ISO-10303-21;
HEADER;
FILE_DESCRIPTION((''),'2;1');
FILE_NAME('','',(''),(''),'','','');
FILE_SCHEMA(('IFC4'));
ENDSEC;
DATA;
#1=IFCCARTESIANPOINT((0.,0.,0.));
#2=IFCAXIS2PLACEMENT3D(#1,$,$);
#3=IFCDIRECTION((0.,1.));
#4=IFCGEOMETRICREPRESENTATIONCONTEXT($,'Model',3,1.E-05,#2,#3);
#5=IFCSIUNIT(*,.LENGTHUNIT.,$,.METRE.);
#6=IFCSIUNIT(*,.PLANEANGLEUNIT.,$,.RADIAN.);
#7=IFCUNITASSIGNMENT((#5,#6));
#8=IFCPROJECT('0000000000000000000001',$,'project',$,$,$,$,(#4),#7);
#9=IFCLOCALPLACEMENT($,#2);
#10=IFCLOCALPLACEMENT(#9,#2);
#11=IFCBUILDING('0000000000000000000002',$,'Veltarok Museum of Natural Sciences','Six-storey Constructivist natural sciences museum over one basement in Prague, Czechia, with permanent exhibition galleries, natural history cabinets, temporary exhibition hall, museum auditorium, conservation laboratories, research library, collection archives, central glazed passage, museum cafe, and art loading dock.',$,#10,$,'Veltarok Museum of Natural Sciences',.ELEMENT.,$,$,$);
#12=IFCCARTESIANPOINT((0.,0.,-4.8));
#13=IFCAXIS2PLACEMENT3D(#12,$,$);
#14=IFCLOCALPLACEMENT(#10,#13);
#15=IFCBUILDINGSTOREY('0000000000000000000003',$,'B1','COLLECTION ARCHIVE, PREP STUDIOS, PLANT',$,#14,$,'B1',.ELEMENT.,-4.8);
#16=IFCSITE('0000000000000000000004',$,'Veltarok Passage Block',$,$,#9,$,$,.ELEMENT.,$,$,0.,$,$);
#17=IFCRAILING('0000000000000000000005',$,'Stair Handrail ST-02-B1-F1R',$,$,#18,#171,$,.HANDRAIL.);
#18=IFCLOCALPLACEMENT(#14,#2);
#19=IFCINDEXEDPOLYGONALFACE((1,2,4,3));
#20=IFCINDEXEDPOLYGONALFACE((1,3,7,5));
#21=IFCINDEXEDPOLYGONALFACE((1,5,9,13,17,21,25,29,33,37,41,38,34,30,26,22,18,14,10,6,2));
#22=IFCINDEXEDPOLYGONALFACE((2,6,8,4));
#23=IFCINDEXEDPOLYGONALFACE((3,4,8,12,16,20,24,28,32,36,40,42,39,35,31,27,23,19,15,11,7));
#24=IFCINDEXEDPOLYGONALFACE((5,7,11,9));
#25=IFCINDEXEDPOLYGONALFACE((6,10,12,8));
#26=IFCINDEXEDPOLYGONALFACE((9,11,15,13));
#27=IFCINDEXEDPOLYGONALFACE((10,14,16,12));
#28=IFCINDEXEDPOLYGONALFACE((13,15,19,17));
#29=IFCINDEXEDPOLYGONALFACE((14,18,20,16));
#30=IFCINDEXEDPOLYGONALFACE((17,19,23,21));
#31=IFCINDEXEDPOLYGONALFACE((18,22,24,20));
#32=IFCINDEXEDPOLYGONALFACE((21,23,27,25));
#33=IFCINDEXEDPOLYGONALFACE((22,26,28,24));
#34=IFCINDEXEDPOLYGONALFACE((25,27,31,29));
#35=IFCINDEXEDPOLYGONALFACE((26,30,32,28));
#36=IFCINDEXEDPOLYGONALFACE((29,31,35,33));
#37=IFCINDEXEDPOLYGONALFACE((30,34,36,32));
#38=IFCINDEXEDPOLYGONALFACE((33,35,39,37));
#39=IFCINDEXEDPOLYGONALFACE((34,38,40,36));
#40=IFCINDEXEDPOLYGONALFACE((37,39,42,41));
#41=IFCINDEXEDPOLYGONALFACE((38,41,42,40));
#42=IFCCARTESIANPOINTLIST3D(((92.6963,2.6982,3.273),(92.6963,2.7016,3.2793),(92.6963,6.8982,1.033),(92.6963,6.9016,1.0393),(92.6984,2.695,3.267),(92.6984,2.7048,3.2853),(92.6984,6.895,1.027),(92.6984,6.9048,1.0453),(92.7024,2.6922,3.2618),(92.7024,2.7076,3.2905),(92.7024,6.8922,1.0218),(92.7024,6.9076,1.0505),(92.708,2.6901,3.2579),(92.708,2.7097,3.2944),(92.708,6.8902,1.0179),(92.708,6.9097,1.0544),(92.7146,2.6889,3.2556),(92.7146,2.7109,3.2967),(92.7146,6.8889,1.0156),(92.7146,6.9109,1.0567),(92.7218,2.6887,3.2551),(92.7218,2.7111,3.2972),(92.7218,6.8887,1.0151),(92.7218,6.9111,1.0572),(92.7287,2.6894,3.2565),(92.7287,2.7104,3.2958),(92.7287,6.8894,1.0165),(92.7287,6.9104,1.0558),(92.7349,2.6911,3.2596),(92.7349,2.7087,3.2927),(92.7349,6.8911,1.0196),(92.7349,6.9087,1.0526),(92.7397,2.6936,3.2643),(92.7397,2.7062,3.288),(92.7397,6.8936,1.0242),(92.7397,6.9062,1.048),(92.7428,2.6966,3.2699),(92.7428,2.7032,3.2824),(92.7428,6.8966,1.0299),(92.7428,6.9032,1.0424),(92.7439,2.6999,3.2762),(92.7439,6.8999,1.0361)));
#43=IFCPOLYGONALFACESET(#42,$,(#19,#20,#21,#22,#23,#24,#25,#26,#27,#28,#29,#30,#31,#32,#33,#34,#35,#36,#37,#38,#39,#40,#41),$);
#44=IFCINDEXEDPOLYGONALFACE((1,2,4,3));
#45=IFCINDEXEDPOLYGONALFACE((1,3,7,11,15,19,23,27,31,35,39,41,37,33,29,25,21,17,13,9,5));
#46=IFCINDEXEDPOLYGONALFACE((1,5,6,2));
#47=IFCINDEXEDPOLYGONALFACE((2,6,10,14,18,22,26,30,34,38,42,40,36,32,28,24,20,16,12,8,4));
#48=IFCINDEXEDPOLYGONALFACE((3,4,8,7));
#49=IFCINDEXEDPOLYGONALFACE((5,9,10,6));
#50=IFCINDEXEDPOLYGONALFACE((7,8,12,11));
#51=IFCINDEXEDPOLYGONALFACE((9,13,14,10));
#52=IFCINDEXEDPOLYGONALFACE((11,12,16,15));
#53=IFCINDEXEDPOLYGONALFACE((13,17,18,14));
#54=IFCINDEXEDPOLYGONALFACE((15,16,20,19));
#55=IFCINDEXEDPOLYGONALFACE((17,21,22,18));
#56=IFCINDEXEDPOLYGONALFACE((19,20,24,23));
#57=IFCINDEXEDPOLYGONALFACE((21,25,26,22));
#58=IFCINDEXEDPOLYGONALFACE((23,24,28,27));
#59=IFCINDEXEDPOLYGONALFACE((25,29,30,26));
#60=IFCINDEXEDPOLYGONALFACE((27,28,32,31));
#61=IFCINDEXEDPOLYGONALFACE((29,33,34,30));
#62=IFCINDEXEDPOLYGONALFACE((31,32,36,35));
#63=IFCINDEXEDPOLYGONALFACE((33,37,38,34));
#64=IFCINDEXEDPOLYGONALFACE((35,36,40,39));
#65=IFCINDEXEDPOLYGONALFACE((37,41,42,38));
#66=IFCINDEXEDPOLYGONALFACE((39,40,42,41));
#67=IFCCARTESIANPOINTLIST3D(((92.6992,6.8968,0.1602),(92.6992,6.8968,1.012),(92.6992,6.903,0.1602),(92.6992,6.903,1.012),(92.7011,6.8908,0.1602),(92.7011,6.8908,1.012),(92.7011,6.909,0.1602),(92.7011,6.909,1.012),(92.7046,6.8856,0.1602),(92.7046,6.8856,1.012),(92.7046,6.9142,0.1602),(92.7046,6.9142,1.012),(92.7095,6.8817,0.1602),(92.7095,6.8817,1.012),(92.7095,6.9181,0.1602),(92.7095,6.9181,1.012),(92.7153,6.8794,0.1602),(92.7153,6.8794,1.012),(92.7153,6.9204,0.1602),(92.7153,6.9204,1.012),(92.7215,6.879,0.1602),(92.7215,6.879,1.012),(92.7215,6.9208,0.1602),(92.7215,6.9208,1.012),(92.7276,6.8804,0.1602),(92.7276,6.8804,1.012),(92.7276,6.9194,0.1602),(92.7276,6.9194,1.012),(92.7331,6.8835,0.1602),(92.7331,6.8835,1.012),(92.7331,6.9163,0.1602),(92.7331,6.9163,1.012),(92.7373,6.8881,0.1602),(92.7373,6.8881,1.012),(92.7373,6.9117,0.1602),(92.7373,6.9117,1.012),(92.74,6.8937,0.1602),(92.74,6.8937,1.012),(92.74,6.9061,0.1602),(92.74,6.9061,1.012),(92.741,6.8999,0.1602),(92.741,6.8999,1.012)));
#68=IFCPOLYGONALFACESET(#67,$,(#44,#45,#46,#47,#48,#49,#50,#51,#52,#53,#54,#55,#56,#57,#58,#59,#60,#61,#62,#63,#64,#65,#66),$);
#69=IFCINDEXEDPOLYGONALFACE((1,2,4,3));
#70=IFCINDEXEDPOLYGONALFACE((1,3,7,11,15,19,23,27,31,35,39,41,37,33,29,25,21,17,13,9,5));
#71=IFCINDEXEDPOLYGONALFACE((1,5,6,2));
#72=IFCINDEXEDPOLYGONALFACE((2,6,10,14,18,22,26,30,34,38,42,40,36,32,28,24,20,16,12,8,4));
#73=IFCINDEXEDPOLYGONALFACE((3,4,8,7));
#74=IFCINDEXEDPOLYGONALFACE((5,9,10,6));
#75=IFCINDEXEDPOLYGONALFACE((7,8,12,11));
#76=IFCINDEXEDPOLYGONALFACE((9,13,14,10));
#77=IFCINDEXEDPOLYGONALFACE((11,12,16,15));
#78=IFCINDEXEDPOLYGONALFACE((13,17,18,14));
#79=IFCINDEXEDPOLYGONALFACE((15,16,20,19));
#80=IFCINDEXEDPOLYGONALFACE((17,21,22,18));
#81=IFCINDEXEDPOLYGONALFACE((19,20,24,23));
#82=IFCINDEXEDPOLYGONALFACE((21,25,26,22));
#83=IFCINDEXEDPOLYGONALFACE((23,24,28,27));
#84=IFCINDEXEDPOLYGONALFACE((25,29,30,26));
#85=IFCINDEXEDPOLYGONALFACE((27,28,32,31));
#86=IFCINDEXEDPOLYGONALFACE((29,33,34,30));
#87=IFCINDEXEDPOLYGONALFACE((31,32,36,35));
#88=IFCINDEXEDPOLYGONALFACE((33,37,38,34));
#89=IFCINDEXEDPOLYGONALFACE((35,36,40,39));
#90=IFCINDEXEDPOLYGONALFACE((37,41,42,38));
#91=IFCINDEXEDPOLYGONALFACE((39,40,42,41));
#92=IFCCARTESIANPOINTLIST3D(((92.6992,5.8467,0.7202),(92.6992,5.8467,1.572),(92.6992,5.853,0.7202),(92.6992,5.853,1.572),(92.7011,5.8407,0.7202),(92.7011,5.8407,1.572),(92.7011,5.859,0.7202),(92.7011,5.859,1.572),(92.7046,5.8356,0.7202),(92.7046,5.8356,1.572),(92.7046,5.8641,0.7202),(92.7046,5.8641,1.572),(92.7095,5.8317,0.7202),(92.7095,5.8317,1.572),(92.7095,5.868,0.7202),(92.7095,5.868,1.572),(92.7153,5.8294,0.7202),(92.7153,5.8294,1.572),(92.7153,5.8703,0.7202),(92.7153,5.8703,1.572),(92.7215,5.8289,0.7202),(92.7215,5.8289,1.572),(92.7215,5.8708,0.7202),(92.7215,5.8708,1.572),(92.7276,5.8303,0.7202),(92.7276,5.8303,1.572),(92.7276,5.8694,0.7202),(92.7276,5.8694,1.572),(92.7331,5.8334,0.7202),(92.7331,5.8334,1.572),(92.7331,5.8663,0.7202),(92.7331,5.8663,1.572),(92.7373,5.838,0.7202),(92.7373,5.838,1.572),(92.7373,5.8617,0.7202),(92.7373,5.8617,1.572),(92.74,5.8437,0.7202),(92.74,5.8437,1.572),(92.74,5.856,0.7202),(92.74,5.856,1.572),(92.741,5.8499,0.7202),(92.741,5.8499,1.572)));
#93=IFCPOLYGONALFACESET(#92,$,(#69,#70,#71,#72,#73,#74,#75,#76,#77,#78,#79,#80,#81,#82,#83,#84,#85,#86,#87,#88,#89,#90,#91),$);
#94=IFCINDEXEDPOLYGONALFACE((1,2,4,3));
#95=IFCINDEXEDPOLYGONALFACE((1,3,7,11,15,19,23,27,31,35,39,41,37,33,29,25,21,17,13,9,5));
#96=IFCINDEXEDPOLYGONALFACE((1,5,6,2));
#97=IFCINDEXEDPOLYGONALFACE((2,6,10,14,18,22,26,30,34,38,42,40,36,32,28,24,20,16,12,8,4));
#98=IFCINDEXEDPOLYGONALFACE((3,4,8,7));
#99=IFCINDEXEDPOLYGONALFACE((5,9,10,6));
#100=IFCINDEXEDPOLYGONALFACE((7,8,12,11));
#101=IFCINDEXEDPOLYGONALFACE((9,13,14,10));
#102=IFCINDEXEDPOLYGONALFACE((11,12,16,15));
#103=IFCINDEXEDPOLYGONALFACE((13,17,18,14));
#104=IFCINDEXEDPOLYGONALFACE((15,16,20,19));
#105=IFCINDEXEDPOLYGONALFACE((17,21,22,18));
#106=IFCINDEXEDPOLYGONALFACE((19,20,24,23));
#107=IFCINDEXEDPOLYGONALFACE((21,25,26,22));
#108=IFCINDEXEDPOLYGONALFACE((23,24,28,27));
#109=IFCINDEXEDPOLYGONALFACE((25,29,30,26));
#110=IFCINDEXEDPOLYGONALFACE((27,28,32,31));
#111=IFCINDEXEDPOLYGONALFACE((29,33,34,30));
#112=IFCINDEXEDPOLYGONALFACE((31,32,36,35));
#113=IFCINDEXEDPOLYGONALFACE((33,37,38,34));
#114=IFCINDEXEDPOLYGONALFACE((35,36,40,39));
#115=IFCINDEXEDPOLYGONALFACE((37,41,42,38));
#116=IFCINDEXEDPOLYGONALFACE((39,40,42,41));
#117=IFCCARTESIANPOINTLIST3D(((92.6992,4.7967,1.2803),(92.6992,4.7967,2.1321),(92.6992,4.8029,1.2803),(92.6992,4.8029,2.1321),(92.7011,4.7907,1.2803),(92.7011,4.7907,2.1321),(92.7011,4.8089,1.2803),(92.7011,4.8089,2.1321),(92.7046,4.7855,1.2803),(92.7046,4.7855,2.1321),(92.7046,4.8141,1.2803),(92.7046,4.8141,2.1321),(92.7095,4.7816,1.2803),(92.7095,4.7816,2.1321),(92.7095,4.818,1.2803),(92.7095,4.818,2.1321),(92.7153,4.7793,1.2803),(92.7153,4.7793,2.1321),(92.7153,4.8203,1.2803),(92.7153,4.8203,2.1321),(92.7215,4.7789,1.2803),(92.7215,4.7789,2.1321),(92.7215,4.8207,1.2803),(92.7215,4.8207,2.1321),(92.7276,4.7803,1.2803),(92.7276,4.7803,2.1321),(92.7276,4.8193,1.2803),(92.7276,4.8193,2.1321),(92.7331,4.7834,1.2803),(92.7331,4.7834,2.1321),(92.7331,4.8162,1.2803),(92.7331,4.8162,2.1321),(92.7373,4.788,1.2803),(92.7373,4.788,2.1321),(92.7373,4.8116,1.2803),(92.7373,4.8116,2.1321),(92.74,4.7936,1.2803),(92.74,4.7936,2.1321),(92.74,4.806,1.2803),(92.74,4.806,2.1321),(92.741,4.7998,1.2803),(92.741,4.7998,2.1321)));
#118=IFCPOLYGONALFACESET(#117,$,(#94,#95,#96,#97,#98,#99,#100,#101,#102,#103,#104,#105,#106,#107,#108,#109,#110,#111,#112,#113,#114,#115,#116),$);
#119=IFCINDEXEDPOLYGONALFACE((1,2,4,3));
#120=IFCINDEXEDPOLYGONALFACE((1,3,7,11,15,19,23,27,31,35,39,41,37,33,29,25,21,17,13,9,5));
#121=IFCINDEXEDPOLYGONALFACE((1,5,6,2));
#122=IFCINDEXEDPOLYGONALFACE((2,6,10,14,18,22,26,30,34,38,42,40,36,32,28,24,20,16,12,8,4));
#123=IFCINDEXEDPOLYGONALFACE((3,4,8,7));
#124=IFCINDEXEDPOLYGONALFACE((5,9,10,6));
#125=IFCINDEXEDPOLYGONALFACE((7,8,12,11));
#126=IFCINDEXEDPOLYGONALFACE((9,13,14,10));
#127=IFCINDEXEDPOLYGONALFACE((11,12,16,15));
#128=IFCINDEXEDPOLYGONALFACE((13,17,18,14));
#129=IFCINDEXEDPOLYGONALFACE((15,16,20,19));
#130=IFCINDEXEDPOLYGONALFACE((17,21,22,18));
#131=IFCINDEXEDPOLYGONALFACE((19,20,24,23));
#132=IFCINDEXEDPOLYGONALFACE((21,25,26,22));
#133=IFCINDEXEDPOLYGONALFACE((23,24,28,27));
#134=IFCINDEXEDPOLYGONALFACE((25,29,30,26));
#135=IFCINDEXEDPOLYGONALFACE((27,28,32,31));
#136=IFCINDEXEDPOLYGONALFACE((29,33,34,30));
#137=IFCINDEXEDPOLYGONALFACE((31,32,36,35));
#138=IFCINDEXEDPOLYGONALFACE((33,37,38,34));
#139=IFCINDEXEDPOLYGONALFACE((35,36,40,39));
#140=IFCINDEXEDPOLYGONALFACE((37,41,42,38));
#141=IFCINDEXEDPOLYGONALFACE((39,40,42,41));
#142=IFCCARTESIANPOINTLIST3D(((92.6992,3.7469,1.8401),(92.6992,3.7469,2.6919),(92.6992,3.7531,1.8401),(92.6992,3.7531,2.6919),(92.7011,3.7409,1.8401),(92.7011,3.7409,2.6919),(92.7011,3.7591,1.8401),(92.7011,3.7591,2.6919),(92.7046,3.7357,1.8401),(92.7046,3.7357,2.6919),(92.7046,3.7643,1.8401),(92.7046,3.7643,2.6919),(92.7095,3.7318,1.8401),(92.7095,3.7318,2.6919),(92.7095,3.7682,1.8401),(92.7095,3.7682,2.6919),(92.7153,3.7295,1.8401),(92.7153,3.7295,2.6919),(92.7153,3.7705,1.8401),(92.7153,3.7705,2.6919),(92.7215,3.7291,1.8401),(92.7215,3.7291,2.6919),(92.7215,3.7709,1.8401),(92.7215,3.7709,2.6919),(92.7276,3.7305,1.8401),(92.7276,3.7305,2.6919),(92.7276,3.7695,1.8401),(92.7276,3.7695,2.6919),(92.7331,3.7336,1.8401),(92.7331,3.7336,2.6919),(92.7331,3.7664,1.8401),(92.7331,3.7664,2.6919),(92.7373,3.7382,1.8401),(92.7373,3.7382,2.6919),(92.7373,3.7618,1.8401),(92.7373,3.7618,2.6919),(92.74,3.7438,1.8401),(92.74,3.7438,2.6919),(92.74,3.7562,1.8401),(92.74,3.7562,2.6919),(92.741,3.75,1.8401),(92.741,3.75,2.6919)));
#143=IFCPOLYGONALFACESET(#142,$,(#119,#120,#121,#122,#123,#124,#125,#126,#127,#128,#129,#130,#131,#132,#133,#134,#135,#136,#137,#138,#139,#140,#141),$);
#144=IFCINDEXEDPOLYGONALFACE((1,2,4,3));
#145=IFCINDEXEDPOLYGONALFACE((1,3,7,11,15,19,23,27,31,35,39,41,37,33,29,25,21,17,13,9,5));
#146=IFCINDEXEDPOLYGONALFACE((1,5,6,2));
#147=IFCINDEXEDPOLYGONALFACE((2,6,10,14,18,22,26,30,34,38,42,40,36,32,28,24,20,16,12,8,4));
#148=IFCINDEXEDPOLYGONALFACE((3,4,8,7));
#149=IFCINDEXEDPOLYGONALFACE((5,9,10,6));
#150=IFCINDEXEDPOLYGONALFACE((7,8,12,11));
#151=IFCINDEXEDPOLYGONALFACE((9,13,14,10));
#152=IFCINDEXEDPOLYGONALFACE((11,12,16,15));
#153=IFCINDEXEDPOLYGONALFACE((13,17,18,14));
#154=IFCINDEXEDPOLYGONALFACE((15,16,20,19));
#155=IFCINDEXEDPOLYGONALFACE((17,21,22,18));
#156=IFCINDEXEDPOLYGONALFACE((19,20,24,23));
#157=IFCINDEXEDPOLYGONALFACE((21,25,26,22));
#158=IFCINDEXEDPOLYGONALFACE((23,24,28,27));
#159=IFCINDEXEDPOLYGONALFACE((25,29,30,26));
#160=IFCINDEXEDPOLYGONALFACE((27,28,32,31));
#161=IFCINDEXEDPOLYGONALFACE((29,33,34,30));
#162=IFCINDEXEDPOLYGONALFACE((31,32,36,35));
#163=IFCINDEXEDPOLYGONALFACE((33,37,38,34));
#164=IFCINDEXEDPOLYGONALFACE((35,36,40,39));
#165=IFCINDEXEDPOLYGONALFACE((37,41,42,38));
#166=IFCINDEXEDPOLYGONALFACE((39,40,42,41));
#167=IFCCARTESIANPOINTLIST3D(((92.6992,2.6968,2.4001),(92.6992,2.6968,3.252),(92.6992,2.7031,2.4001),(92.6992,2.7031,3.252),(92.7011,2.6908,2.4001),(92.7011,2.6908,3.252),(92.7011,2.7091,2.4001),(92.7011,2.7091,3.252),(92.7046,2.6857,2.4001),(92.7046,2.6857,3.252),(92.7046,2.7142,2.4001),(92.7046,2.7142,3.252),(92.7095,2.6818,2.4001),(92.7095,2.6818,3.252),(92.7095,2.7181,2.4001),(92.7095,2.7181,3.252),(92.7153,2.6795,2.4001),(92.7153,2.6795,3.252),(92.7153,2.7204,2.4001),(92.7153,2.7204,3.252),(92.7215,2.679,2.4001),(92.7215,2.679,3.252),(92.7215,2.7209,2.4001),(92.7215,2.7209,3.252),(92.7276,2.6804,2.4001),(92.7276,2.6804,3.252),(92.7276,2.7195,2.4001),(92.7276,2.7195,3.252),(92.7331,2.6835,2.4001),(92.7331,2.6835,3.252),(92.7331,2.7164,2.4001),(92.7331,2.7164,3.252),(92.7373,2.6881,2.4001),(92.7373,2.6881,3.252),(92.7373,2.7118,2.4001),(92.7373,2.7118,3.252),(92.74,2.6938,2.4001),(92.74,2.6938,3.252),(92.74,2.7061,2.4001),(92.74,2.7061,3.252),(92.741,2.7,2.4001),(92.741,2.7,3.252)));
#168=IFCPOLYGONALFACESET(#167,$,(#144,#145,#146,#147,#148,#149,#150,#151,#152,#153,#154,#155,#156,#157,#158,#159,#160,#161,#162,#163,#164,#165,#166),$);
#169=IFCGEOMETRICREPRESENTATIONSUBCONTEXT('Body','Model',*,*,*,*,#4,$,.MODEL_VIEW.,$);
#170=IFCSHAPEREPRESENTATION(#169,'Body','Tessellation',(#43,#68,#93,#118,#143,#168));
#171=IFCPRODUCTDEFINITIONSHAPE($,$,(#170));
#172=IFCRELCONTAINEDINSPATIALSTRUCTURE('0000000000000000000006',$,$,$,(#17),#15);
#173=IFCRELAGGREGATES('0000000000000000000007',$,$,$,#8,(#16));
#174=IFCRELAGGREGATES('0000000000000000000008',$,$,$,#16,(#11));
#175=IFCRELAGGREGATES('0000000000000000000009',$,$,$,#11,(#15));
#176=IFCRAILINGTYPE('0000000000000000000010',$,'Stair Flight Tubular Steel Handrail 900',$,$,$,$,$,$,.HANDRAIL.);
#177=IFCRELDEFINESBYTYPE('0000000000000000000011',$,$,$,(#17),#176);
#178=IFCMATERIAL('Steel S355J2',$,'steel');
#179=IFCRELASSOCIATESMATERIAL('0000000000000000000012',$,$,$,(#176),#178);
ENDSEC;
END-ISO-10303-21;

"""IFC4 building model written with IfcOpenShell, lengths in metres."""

from ifc_helpers import new_model, si_unit, direction, frame, origin, origin_2d, place, context, subcontext, project, spatial, circle, extrude, material, type_object, element, save


model = new_model("IFC4")

# Units and contexts
model_context = context("Model", 3, precision=1e-05, world=origin(), true_north=direction((0.0, 1.0)))
body_context = subcontext(model_context, "Body", "Model", "MODEL_VIEW")
ifc_project = project(units=[si_unit("LENGTHUNIT", "METRE"), si_unit("PLANEANGLEUNIT", "RADIAN")], contexts=[model_context])

# Site, building, storey
site_placement = place(None, origin())
site = spatial("IfcSite", under=ifc_project, at=site_placement, Name="Veltarok Passage Block", CompositionType="ELEMENT", RefElevation=0.0)
building_placement = place(site_placement, origin())
building = spatial("IfcBuilding", under=site, at=building_placement, Name="Veltarok Museum of Natural Sciences", Description="Six-storey Constructivist natural sciences museum over one basement in Prague, Czechia, with permanent exhibition galleries, natural history cabinets, temporary exhibition hall, museum auditorium, conservation laboratories, research library, collection archives, central glazed passage, museum cafe, and art loading dock.", LongName="Veltarok Museum of Natural Sciences", CompositionType="ELEMENT")
storey_placement = place(building_placement, frame((0.0, 0.0, -4.8)))
storey = spatial("IfcBuildingStorey", under=building, at=storey_placement, Name="B1", Description="COLLECTION ARCHIVE, PREP STUDIOS, PLANT", LongName="B1", CompositionType="ELEMENT", Elevation=-4.8)

# Shared definitions
ifc_material_1 = material(Name="Steel S355J2", Category="steel")

# Railing
railing_type_1 = type_object("IfcRailingType", Name="Stair Flight Tubular Steel Handrail 900", PredefinedType="HANDRAIL", material=ifc_material_1)
for number, where, name in (
    (1, (92.72, 6.8999, 0.1602), "Stair Handrail ST-02-B1-F1R"),
):
    element("IfcRailing", number, at=place(storey_placement, frame(where)), inside=storey, type_object=railing_type_1, Name=name, PredefinedType="HANDRAIL", context=body_context, shape_type="SweptSolid", body=[
        extrude(circle(Radius=0.0239, at=origin_2d()), frame((0.0, 0.0, 0.876), z_axis=(0.0, -0.882352, 0.470591), x_axis=(1.0, 0.0, 0.0)), (0.0, 0.0, 1.0), 4.76),
        extrude(circle(Radius=0.021, at=origin_2d()), origin(), (0.0, 0.0, 1.0), 0.8518),
        extrude(circle(Radius=0.021, at=origin_2d()), frame((0.0, -1.05, 0.5601)), (0.0, 0.0, 1.0), 0.8518),
        extrude(circle(Radius=0.021, at=origin_2d()), frame((0.0, -2.1001, 1.1201)), (0.0, 0.0, 1.0), 0.8518),
        extrude(circle(Radius=0.021, at=origin_2d()), frame((0.0, -3.1499, 1.6799)), (0.0, 0.0, 1.0), 0.8518),
        extrude(circle(Radius=0.021, at=origin_2d()), frame((0.0, -4.2, 2.24)), (0.0, 0.0, 1.0), 0.8518),
    ])

save(model, "model.ifc")
